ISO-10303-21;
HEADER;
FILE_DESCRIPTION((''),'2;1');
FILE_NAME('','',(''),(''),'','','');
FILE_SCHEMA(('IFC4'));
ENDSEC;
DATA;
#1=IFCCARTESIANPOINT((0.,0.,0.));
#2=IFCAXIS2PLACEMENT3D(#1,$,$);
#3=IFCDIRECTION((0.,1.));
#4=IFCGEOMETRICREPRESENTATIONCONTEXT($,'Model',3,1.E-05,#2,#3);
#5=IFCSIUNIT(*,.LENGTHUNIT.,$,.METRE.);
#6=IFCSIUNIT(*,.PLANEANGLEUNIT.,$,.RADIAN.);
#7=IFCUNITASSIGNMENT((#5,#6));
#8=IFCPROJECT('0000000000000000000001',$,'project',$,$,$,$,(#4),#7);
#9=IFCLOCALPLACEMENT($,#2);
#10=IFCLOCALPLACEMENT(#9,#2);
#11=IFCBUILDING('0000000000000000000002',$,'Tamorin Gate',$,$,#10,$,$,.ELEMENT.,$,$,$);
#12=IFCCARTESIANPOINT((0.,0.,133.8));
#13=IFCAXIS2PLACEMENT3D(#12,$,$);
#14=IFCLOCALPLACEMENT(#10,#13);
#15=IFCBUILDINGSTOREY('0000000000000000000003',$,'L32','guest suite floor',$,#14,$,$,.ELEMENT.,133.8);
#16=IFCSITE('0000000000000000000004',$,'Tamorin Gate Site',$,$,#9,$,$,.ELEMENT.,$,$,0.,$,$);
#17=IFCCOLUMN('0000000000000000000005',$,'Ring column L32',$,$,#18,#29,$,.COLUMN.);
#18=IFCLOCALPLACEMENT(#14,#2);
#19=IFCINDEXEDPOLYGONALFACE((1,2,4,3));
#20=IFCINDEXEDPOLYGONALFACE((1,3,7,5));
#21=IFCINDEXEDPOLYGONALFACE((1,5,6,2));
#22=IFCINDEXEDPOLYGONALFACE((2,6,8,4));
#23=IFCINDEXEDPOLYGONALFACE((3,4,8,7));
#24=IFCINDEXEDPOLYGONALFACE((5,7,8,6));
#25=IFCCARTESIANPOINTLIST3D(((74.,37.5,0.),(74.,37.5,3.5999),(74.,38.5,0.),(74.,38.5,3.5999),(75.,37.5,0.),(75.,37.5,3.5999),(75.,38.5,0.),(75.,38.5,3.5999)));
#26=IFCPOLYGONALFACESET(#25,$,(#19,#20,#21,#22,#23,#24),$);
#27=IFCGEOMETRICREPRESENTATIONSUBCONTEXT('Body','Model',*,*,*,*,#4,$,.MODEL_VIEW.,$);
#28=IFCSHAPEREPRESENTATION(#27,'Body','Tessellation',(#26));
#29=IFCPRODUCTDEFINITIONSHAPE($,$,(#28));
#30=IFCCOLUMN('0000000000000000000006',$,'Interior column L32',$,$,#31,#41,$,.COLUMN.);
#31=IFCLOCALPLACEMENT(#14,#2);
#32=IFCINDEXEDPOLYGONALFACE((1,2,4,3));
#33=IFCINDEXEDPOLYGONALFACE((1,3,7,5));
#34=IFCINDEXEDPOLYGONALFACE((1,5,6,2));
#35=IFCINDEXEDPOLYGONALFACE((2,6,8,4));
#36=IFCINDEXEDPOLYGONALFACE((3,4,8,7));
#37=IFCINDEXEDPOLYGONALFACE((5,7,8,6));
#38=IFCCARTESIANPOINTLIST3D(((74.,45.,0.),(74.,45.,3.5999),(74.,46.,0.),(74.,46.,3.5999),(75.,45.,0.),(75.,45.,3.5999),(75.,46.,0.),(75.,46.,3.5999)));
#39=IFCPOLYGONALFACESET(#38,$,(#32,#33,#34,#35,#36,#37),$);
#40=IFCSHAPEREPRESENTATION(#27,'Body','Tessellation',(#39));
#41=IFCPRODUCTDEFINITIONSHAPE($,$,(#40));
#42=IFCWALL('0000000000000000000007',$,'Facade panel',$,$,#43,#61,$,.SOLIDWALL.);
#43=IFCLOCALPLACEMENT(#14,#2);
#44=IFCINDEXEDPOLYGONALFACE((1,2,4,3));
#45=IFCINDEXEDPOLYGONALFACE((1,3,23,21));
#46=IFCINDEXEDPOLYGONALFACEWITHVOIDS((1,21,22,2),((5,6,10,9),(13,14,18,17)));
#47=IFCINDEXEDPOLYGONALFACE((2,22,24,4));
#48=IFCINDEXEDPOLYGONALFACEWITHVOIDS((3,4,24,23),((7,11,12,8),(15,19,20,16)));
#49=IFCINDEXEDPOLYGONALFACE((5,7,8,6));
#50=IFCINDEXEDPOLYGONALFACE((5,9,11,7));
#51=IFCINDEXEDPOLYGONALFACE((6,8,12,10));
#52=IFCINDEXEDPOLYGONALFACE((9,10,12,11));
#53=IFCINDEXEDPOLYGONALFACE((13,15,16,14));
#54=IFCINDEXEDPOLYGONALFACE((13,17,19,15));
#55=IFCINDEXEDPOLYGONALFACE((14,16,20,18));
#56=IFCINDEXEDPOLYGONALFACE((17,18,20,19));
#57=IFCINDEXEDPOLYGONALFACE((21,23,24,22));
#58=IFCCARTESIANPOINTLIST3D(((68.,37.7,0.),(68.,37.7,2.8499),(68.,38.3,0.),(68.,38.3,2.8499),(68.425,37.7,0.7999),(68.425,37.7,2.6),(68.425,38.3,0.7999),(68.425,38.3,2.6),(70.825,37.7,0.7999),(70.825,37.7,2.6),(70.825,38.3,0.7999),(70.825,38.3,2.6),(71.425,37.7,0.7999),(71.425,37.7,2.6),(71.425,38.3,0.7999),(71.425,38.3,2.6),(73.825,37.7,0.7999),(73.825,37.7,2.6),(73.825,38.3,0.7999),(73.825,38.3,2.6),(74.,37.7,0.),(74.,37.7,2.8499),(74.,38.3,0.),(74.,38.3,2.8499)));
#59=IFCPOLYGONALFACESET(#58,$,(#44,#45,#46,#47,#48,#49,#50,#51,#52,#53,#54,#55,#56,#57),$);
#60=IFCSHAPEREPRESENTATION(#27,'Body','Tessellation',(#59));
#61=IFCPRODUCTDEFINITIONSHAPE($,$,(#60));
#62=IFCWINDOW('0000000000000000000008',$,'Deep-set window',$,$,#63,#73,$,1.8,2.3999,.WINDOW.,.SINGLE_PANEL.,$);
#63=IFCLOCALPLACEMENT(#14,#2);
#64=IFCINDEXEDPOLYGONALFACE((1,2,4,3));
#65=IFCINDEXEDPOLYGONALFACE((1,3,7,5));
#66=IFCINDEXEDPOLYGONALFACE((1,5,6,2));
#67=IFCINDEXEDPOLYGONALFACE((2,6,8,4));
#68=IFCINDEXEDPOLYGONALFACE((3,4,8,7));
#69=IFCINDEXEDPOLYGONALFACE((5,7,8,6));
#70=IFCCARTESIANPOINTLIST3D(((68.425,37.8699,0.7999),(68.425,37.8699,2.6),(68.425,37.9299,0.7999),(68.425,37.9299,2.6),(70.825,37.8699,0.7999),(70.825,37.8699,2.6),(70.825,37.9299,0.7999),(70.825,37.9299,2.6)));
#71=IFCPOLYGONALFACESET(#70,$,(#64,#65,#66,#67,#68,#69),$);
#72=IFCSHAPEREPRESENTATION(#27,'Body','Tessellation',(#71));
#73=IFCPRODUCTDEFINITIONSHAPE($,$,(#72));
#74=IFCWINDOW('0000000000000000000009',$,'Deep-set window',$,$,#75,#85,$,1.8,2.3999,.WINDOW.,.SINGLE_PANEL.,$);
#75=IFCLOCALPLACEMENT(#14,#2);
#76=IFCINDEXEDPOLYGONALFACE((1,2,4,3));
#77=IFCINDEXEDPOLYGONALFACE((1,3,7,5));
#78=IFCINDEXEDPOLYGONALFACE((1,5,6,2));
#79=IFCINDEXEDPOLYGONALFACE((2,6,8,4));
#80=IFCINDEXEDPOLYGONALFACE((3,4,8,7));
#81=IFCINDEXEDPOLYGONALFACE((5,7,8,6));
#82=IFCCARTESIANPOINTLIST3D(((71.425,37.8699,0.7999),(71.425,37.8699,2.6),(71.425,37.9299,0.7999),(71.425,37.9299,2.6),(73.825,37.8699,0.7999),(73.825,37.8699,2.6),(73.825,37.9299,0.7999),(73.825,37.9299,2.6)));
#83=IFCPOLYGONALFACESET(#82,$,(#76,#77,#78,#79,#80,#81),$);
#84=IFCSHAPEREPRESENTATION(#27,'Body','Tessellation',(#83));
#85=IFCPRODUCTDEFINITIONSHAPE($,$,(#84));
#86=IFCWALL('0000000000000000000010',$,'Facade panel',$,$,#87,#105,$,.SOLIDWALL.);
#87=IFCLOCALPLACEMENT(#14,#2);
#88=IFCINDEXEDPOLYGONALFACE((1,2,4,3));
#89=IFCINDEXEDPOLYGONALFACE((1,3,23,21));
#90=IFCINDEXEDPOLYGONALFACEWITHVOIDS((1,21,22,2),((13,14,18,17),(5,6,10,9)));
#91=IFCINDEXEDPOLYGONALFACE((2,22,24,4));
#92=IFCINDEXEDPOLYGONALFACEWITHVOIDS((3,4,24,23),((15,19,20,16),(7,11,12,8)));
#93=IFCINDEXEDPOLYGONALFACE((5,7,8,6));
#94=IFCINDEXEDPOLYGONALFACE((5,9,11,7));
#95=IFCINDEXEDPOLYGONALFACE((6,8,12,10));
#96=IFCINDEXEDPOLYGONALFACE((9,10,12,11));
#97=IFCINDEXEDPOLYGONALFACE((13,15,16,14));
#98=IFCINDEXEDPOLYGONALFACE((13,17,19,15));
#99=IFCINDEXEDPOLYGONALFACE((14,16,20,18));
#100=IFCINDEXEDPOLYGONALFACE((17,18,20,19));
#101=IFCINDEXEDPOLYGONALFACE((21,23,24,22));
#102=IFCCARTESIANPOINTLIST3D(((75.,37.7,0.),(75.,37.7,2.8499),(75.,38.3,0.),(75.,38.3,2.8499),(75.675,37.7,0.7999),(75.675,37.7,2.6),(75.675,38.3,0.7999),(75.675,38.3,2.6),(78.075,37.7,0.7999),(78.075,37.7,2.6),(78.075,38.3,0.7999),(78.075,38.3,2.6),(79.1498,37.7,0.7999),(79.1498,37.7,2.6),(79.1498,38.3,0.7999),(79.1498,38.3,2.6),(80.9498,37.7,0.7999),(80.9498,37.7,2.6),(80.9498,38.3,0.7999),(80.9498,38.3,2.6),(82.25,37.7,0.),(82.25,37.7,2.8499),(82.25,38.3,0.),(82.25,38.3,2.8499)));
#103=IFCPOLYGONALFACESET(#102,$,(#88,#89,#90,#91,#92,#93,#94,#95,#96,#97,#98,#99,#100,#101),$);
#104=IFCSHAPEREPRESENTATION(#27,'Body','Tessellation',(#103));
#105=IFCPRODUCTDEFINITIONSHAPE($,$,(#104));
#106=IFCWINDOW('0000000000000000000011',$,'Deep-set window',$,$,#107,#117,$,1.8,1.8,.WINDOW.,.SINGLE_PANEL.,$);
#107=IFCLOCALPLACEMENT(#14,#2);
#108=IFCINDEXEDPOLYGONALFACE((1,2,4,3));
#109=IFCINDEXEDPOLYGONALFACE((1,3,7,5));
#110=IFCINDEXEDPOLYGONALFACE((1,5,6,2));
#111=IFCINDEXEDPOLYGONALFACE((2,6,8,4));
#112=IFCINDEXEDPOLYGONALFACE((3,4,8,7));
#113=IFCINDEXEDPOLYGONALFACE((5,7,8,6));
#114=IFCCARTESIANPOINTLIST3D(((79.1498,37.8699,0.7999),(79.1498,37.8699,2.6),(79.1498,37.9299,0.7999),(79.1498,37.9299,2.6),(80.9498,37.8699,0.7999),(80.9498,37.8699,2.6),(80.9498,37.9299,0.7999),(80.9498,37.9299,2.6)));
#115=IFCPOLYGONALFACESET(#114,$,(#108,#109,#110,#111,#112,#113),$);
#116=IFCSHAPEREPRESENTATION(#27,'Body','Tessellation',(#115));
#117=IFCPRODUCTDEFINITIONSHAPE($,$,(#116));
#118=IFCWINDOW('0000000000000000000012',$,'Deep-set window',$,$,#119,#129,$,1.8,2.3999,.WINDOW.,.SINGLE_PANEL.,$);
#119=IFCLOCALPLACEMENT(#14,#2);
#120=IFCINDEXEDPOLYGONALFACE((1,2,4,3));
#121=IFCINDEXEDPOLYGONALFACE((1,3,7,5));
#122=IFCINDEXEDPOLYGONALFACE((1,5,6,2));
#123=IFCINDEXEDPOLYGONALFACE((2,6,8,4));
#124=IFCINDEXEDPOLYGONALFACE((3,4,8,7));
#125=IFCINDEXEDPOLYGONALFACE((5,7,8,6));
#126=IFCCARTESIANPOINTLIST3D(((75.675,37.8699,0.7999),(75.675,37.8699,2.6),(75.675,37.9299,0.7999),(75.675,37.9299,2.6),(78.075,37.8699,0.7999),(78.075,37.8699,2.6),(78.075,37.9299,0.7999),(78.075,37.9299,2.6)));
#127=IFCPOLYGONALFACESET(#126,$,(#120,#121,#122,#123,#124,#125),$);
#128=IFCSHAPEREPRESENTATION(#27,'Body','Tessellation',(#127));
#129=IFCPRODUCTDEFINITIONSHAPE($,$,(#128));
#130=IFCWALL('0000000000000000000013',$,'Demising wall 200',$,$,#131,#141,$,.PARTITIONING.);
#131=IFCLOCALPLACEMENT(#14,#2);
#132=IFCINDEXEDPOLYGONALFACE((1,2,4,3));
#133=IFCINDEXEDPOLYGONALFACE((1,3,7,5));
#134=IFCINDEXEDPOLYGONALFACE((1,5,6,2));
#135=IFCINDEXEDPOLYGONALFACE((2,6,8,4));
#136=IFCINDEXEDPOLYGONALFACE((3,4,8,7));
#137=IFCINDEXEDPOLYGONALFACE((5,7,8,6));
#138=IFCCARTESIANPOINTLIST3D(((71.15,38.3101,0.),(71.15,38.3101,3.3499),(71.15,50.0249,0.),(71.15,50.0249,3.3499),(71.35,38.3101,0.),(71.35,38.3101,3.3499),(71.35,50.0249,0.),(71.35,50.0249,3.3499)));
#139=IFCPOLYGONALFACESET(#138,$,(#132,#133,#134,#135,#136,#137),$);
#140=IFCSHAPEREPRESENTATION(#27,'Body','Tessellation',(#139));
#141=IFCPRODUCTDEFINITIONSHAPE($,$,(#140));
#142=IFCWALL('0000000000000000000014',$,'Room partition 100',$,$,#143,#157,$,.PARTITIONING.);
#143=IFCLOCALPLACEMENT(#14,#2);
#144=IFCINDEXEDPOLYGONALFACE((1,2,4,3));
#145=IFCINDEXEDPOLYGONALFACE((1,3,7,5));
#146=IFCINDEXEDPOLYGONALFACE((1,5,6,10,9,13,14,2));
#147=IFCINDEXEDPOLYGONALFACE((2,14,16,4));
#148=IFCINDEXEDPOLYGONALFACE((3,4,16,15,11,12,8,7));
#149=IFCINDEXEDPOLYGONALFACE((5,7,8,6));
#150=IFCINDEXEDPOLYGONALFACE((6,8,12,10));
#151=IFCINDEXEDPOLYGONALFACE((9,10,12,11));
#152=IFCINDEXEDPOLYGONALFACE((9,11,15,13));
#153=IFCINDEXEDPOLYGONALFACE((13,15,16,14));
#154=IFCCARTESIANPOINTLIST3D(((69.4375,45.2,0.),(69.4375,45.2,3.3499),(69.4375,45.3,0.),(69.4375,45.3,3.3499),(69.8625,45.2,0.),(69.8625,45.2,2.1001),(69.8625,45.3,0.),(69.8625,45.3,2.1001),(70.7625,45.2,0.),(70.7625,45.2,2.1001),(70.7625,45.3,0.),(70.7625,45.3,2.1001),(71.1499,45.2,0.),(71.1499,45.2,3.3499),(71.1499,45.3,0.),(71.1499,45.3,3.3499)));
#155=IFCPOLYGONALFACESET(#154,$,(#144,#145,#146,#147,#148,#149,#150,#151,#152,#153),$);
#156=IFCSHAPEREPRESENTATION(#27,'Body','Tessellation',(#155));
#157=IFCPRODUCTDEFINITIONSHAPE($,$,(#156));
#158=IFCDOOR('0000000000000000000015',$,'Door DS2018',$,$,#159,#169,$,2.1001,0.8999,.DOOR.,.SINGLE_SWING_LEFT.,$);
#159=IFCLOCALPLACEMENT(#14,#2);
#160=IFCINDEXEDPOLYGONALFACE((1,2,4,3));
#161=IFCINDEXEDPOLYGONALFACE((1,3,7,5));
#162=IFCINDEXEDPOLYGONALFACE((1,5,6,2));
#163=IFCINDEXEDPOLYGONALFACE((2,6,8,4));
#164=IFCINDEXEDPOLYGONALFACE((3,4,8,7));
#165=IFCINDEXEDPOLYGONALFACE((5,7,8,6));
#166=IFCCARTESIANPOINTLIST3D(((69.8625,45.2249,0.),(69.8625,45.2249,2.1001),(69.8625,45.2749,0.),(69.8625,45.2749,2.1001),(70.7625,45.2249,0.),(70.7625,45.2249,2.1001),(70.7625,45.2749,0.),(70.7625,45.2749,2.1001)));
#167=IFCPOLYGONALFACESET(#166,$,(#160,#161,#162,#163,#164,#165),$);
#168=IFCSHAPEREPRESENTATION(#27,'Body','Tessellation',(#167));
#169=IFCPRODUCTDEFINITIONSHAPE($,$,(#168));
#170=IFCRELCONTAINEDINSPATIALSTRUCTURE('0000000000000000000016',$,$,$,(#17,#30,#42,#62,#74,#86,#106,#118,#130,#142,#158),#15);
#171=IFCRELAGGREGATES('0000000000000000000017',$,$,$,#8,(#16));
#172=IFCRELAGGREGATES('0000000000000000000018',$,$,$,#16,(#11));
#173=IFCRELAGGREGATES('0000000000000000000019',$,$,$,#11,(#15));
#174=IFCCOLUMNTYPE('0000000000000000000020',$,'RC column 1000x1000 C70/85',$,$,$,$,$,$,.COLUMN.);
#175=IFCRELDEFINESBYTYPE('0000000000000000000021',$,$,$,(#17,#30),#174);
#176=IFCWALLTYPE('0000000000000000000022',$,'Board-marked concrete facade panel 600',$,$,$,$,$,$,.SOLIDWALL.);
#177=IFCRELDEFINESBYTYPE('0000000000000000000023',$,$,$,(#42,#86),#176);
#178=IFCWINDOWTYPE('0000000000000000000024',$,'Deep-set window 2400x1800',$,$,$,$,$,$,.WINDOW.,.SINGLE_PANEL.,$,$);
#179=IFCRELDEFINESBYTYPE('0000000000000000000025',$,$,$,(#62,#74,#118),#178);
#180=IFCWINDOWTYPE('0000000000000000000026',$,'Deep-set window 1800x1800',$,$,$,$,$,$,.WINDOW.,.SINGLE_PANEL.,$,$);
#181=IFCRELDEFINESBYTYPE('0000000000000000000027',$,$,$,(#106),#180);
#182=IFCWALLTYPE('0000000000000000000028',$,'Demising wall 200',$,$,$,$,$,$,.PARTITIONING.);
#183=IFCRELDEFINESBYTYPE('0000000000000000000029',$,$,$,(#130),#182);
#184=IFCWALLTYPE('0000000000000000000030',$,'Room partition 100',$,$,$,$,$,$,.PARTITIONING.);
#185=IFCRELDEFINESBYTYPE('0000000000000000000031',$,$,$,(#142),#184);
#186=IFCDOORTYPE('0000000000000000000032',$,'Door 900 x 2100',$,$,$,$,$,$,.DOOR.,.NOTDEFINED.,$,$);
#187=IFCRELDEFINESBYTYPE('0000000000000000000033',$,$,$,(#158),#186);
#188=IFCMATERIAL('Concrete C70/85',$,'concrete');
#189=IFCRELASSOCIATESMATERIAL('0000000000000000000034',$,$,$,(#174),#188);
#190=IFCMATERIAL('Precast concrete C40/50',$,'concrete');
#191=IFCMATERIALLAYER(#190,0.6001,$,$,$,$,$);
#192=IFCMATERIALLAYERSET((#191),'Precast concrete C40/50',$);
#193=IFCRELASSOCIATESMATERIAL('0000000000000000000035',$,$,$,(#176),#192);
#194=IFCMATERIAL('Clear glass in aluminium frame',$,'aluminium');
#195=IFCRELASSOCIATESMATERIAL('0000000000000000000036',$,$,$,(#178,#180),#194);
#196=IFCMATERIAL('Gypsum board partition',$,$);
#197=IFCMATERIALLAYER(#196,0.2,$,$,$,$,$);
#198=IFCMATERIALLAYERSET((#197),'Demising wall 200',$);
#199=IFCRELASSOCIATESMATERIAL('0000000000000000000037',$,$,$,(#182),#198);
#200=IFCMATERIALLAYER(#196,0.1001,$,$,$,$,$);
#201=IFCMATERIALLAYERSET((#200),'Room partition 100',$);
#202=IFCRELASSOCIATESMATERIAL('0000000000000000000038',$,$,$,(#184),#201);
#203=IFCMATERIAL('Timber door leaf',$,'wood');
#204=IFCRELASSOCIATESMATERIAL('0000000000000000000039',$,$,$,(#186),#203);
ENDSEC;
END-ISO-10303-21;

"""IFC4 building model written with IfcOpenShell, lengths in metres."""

from ifc_helpers import new_model, si_unit, direction, frame, frame_2d, origin, origin_2d, place, context, subcontext, project, spatial, rectangle, extrude, material, layer, layer_set, material_profile, profile_set, type_object, element, fill, save


model = new_model("IFC4")

# Units and contexts
model_context = context("Model", 3, precision=1e-05, world=origin(), true_north=direction((0.0, 1.0)))
body_context = subcontext(model_context, "Body", "Model", "MODEL_VIEW")
ifc_project = project(units=[si_unit("LENGTHUNIT", "METRE"), si_unit("PLANEANGLEUNIT", "RADIAN")], contexts=[model_context])

# Site, building, storey
site_placement = place(None, origin())
site = spatial("IfcSite", under=ifc_project, at=site_placement, Name="Tamorin Gate Site", CompositionType="ELEMENT", RefElevation=0.0)
building_placement = place(site_placement, origin())
building = spatial("IfcBuilding", under=site, at=building_placement, Name="Tamorin Gate", CompositionType="ELEMENT")
storey_placement = place(building_placement, frame((0.0, 0.0, 133.8)))
storey = spatial("IfcBuildingStorey", under=building, at=storey_placement, Name="L32", Description="guest suite floor", CompositionType="ELEMENT", Elevation=133.8)

# Columns
ifc_material_1 = material(Name="Concrete C70/85", Category="concrete")
ifc_material_profile = material_profile(ifc_material_1, rectangle(XDim=1.0, YDim=1.0, at=origin_2d()), Name="RC 1000x1000")
ifc_profile_set = profile_set([ifc_material_profile], Name="Concrete C70/85")
column_type = type_object("IfcColumnType", Name="RC column 1000x1000 C70/85", PredefinedType="COLUMN", material=ifc_profile_set)
for number, where, z_axis, x_axis, name in (
    (1, (74.5, 38.0, 0.0), (0.0, 0.0, 1.0), (1.0, 0.0, 0.0), "Ring column L32"),
    (2, (74.5, 45.5, 0.0), (0.0, 0.0, 1.0), (1.0, 0.0, 0.0), "Interior column L32"),
):
    element("IfcColumn", number, at=place(storey_placement, frame(where, z_axis=z_axis, x_axis=x_axis)), inside=storey, type_object=column_type, Name=name, PredefinedType="COLUMN", context=body_context, shape_type="SweptSolid", body=[
        extrude(rectangle(XDim=1.0, YDim=1.0, at=origin_2d()), origin(), (0.0, 0.0, 1.0), 3.5999),
    ])

# Walls, openings, windows
ifc_material_2 = material(Name="Precast concrete C40/50", Category="concrete")
ifc_layer_1 = layer(ifc_material_2, 0.6001)
ifc_layer_set_1 = layer_set([ifc_layer_1], Name="Precast concrete C40/50")
wall_type_1 = type_object("IfcWallType", Name="Board-marked concrete facade panel 600", PredefinedType="SOLIDWALL", material=ifc_layer_set_1)
wall_1_placement = place(storey_placement, frame((68.0, 38.0, 0.0), z_axis=(0.0, 0.0, 1.0), x_axis=(1.0, 0.0, 0.0)))
wall_1 = element("IfcWall", 3, at=wall_1_placement, inside=storey, type_object=wall_type_1, Name="Facade panel", PredefinedType="SOLIDWALL", context=body_context, shape_type="SweptSolid", body=[
    extrude(rectangle(XDim=6.0, YDim=0.6001, at=frame_2d((3.0, 0.0))), origin(), (0.0, 0.0, 1.0), 2.8499),
])
opening_1_placement = place(wall_1_placement, frame((0.425, 0.0, 0.8)))
opening_1 = element("IfcOpeningElement", 4, at=opening_1_placement, cuts=wall_1, PredefinedType="OPENING", context=body_context, shape_type="SweptSolid", body=[
    extrude(rectangle(XDim=2.3999, YDim=1.8, at=frame_2d((1.2, 0.8999))), frame((0.0, 0.3101, 0.0), z_axis=(0.0, -1.0, 0.0), x_axis=(1.0, 0.0, 0.0)), (0.0, 0.0, 1.0), 0.6201),
])
opening_2_placement = place(wall_1_placement, frame((3.425, 0.0, 0.8)))
opening_2 = element("IfcOpeningElement", 5, at=opening_2_placement, cuts=wall_1, PredefinedType="OPENING", context=body_context, shape_type="SweptSolid", body=[
    extrude(rectangle(XDim=2.3999, YDim=1.8, at=frame_2d((1.2, 0.8999))), frame((0.0, 0.3101, 0.0), z_axis=(0.0, -1.0, 0.0), x_axis=(1.0, 0.0, 0.0)), (0.0, 0.0, 1.0), 0.6201),
])
ifc_material_3 = material(Name="Clear glass in aluminium frame", Category="aluminium")
window_type_1 = type_object("IfcWindowType", Name="Deep-set window 2400x1800", PartitioningType="SINGLE_PANEL", PredefinedType="WINDOW", material=ifc_material_3)
window_1_placement = place(opening_1_placement, origin())
window_1 = element("IfcWindow", 6, at=window_1_placement, inside=storey, type_object=window_type_1, Name="Deep-set window", OverallHeight=1.8, OverallWidth=2.3999, PartitioningType="SINGLE_PANEL", PredefinedType="WINDOW", context=body_context, shape_type="SweptSolid", body=[
    extrude(rectangle(XDim=2.3999, YDim=1.8, at=frame_2d((1.2, 0.8999))), frame((0.0, -0.0701, 0.0), z_axis=(0.0, -1.0, 0.0), x_axis=(1.0, 0.0, 0.0)), (0.0, 0.0, 1.0), 0.0601),
])
fill(opening_1, window_1)
window_2_placement = place(opening_2_placement, origin())
window_2 = element("IfcWindow", 7, at=window_2_placement, inside=storey, type_object=window_type_1, Name="Deep-set window", OverallHeight=1.8, OverallWidth=2.3999, PartitioningType="SINGLE_PANEL", PredefinedType="WINDOW", context=body_context, shape_type="SweptSolid", body=[
    extrude(rectangle(XDim=2.3999, YDim=1.8, at=frame_2d((1.2, 0.8999))), frame((0.0, -0.0701, 0.0), z_axis=(0.0, -1.0, 0.0), x_axis=(1.0, 0.0, 0.0)), (0.0, 0.0, 1.0), 0.0601),
])
fill(opening_2, window_2)
wall_2_placement = place(storey_placement, frame((75.0, 38.0, 0.0), z_axis=(0.0, 0.0, 1.0), x_axis=(1.0, 0.0, 0.0)))
wall_2 = element("IfcWall", 8, at=wall_2_placement, inside=storey, type_object=wall_type_1, Name="Facade panel", PredefinedType="SOLIDWALL", context=body_context, shape_type="SweptSolid", body=[
    extrude(rectangle(XDim=7.25, YDim=0.6001, at=frame_2d((3.625, 0.0))), origin(), (0.0, 0.0, 1.0), 2.8499),
])
opening_3_placement = place(wall_2_placement, frame((0.675, 0.0, 0.8)))
opening_3 = element("IfcOpeningElement", 9, at=opening_3_placement, cuts=wall_2, PredefinedType="OPENING", context=body_context, shape_type="SweptSolid", body=[
    extrude(rectangle(XDim=2.3999, YDim=1.8, at=frame_2d((1.2, 0.8999))), frame((0.0, 0.3101, 0.0), z_axis=(0.0, -1.0, 0.0), x_axis=(1.0, 0.0, 0.0)), (0.0, 0.0, 1.0), 0.6201),
])
opening_4_placement = place(wall_2_placement, frame((4.1499, 0.0, 0.8)))
opening_4 = element("IfcOpeningElement", 10, at=opening_4_placement, cuts=wall_2, PredefinedType="OPENING", context=body_context, shape_type="SweptSolid", body=[
    extrude(rectangle(XDim=1.8, YDim=1.8, at=frame_2d((0.8999, 0.8999))), frame((0.0, 0.3101, 0.0), z_axis=(0.0, -1.0, 0.0), x_axis=(1.0, 0.0, 0.0)), (0.0, 0.0, 1.0), 0.6201),
])
window_type_2 = type_object("IfcWindowType", Name="Deep-set window 1800x1800", PartitioningType="SINGLE_PANEL", PredefinedType="WINDOW", material=ifc_material_3)
window_3_placement = place(opening_4_placement, origin())
window_3 = element("IfcWindow", 11, at=window_3_placement, inside=storey, type_object=window_type_2, Name="Deep-set window", OverallHeight=1.8, OverallWidth=1.8, PartitioningType="SINGLE_PANEL", PredefinedType="WINDOW", context=body_context, shape_type="SweptSolid", body=[
    extrude(rectangle(XDim=1.8, YDim=1.8, at=frame_2d((0.8999, 0.8999))), frame((0.0, -0.0701, 0.0), z_axis=(0.0, -1.0, 0.0), x_axis=(1.0, 0.0, 0.0)), (0.0, 0.0, 1.0), 0.0601),
])
fill(opening_4, window_3)
window_4_placement = place(opening_3_placement, origin())
window_4 = element("IfcWindow", 12, at=window_4_placement, inside=storey, type_object=window_type_1, Name="Deep-set window", OverallHeight=1.8, OverallWidth=2.3999, PartitioningType="SINGLE_PANEL", PredefinedType="WINDOW", context=body_context, shape_type="SweptSolid", body=[
    extrude(rectangle(XDim=2.3999, YDim=1.8, at=frame_2d((1.2, 0.8999))), frame((0.0, -0.0701, 0.0), z_axis=(0.0, -1.0, 0.0), x_axis=(1.0, 0.0, 0.0)), (0.0, 0.0, 1.0), 0.0601),
])
fill(opening_3, window_4)

# Wall
ifc_material_4 = material(Name="Gypsum board partition")
ifc_layer_2 = layer(ifc_material_4, 0.2)
ifc_layer_set_2 = layer_set([ifc_layer_2], Name="Demising wall 200")
wall_type_2 = type_object("IfcWallType", Name="Demising wall 200", PredefinedType="PARTITIONING", material=ifc_layer_set_2)
wall_3_placement = place(storey_placement, frame((71.25, 38.3101, 0.0), z_axis=(0.0, 0.0, 1.0), x_axis=(0.0, 1.0, 0.0)))
element("IfcWall", 13, at=wall_3_placement, inside=storey, type_object=wall_type_2, Name="Demising wall 200", PredefinedType="PARTITIONING", context=body_context, shape_type="SweptSolid", body=[
    extrude(rectangle(XDim=11.7148, YDim=0.2, at=frame_2d((5.8574, 0.0))), origin(), (0.0, 0.0, 1.0), 3.3499),
])

# Wall, opening, door
ifc_layer_3 = layer(ifc_material_4, 0.1001)
ifc_layer_set_3 = layer_set([ifc_layer_3], Name="Room partition 100")
wall_type_3 = type_object("IfcWallType", Name="Room partition 100", PredefinedType="PARTITIONING", material=ifc_layer_set_3)
wall_4_placement = place(storey_placement, frame((69.4375, 45.25, 0.0), z_axis=(0.0, 0.0, 1.0), x_axis=(1.0, 0.0, 0.0)))
wall_4 = element("IfcWall", 14, at=wall_4_placement, inside=storey, type_object=wall_type_3, Name="Room partition 100", PredefinedType="PARTITIONING", context=body_context, shape_type="SweptSolid", body=[
    extrude(rectangle(XDim=1.7124, YDim=0.1001, at=frame_2d((0.8562, 0.0))), origin(), (0.0, 0.0, 1.0), 3.3499),
])
opening_5_placement = place(wall_4_placement, frame((0.425, 0.0, 0.0)))
opening_5 = element("IfcOpeningElement", 15, at=opening_5_placement, cuts=wall_4, PredefinedType="OPENING", context=body_context, shape_type="SweptSolid", body=[
    extrude(rectangle(XDim=0.8999, YDim=2.1001, at=frame_2d((0.45, 1.05))), frame((0.0, 0.0601, 0.0), z_axis=(0.0, -1.0, 0.0), x_axis=(1.0, 0.0, 0.0)), (0.0, 0.0, 1.0), 0.1201),
])
ifc_material_5 = material(Name="Timber door leaf", Category="wood")
door_type = type_object("IfcDoorType", Name="Door 900 x 2100", OperationType="NOTDEFINED", PredefinedType="DOOR", material=ifc_material_5)
door_1_placement = place(opening_5_placement, origin())
door_1 = element("IfcDoor", 16, at=door_1_placement, inside=storey, type_object=door_type, Name="Door DS2018", OperationType="SINGLE_SWING_LEFT", OverallHeight=2.1001, OverallWidth=0.8999, PredefinedType="DOOR", context=body_context, shape_type="SweptSolid", body=[
    extrude(rectangle(XDim=0.8999, YDim=2.1001, at=frame_2d((0.45, 1.05))), frame((0.0, 0.0249, 0.0), z_axis=(0.0, -1.0, 0.0), x_axis=(1.0, 0.0, 0.0)), (0.0, 0.0, 1.0), 0.05),
])
fill(opening_5, door_1)

save(model, "model.ifc")
